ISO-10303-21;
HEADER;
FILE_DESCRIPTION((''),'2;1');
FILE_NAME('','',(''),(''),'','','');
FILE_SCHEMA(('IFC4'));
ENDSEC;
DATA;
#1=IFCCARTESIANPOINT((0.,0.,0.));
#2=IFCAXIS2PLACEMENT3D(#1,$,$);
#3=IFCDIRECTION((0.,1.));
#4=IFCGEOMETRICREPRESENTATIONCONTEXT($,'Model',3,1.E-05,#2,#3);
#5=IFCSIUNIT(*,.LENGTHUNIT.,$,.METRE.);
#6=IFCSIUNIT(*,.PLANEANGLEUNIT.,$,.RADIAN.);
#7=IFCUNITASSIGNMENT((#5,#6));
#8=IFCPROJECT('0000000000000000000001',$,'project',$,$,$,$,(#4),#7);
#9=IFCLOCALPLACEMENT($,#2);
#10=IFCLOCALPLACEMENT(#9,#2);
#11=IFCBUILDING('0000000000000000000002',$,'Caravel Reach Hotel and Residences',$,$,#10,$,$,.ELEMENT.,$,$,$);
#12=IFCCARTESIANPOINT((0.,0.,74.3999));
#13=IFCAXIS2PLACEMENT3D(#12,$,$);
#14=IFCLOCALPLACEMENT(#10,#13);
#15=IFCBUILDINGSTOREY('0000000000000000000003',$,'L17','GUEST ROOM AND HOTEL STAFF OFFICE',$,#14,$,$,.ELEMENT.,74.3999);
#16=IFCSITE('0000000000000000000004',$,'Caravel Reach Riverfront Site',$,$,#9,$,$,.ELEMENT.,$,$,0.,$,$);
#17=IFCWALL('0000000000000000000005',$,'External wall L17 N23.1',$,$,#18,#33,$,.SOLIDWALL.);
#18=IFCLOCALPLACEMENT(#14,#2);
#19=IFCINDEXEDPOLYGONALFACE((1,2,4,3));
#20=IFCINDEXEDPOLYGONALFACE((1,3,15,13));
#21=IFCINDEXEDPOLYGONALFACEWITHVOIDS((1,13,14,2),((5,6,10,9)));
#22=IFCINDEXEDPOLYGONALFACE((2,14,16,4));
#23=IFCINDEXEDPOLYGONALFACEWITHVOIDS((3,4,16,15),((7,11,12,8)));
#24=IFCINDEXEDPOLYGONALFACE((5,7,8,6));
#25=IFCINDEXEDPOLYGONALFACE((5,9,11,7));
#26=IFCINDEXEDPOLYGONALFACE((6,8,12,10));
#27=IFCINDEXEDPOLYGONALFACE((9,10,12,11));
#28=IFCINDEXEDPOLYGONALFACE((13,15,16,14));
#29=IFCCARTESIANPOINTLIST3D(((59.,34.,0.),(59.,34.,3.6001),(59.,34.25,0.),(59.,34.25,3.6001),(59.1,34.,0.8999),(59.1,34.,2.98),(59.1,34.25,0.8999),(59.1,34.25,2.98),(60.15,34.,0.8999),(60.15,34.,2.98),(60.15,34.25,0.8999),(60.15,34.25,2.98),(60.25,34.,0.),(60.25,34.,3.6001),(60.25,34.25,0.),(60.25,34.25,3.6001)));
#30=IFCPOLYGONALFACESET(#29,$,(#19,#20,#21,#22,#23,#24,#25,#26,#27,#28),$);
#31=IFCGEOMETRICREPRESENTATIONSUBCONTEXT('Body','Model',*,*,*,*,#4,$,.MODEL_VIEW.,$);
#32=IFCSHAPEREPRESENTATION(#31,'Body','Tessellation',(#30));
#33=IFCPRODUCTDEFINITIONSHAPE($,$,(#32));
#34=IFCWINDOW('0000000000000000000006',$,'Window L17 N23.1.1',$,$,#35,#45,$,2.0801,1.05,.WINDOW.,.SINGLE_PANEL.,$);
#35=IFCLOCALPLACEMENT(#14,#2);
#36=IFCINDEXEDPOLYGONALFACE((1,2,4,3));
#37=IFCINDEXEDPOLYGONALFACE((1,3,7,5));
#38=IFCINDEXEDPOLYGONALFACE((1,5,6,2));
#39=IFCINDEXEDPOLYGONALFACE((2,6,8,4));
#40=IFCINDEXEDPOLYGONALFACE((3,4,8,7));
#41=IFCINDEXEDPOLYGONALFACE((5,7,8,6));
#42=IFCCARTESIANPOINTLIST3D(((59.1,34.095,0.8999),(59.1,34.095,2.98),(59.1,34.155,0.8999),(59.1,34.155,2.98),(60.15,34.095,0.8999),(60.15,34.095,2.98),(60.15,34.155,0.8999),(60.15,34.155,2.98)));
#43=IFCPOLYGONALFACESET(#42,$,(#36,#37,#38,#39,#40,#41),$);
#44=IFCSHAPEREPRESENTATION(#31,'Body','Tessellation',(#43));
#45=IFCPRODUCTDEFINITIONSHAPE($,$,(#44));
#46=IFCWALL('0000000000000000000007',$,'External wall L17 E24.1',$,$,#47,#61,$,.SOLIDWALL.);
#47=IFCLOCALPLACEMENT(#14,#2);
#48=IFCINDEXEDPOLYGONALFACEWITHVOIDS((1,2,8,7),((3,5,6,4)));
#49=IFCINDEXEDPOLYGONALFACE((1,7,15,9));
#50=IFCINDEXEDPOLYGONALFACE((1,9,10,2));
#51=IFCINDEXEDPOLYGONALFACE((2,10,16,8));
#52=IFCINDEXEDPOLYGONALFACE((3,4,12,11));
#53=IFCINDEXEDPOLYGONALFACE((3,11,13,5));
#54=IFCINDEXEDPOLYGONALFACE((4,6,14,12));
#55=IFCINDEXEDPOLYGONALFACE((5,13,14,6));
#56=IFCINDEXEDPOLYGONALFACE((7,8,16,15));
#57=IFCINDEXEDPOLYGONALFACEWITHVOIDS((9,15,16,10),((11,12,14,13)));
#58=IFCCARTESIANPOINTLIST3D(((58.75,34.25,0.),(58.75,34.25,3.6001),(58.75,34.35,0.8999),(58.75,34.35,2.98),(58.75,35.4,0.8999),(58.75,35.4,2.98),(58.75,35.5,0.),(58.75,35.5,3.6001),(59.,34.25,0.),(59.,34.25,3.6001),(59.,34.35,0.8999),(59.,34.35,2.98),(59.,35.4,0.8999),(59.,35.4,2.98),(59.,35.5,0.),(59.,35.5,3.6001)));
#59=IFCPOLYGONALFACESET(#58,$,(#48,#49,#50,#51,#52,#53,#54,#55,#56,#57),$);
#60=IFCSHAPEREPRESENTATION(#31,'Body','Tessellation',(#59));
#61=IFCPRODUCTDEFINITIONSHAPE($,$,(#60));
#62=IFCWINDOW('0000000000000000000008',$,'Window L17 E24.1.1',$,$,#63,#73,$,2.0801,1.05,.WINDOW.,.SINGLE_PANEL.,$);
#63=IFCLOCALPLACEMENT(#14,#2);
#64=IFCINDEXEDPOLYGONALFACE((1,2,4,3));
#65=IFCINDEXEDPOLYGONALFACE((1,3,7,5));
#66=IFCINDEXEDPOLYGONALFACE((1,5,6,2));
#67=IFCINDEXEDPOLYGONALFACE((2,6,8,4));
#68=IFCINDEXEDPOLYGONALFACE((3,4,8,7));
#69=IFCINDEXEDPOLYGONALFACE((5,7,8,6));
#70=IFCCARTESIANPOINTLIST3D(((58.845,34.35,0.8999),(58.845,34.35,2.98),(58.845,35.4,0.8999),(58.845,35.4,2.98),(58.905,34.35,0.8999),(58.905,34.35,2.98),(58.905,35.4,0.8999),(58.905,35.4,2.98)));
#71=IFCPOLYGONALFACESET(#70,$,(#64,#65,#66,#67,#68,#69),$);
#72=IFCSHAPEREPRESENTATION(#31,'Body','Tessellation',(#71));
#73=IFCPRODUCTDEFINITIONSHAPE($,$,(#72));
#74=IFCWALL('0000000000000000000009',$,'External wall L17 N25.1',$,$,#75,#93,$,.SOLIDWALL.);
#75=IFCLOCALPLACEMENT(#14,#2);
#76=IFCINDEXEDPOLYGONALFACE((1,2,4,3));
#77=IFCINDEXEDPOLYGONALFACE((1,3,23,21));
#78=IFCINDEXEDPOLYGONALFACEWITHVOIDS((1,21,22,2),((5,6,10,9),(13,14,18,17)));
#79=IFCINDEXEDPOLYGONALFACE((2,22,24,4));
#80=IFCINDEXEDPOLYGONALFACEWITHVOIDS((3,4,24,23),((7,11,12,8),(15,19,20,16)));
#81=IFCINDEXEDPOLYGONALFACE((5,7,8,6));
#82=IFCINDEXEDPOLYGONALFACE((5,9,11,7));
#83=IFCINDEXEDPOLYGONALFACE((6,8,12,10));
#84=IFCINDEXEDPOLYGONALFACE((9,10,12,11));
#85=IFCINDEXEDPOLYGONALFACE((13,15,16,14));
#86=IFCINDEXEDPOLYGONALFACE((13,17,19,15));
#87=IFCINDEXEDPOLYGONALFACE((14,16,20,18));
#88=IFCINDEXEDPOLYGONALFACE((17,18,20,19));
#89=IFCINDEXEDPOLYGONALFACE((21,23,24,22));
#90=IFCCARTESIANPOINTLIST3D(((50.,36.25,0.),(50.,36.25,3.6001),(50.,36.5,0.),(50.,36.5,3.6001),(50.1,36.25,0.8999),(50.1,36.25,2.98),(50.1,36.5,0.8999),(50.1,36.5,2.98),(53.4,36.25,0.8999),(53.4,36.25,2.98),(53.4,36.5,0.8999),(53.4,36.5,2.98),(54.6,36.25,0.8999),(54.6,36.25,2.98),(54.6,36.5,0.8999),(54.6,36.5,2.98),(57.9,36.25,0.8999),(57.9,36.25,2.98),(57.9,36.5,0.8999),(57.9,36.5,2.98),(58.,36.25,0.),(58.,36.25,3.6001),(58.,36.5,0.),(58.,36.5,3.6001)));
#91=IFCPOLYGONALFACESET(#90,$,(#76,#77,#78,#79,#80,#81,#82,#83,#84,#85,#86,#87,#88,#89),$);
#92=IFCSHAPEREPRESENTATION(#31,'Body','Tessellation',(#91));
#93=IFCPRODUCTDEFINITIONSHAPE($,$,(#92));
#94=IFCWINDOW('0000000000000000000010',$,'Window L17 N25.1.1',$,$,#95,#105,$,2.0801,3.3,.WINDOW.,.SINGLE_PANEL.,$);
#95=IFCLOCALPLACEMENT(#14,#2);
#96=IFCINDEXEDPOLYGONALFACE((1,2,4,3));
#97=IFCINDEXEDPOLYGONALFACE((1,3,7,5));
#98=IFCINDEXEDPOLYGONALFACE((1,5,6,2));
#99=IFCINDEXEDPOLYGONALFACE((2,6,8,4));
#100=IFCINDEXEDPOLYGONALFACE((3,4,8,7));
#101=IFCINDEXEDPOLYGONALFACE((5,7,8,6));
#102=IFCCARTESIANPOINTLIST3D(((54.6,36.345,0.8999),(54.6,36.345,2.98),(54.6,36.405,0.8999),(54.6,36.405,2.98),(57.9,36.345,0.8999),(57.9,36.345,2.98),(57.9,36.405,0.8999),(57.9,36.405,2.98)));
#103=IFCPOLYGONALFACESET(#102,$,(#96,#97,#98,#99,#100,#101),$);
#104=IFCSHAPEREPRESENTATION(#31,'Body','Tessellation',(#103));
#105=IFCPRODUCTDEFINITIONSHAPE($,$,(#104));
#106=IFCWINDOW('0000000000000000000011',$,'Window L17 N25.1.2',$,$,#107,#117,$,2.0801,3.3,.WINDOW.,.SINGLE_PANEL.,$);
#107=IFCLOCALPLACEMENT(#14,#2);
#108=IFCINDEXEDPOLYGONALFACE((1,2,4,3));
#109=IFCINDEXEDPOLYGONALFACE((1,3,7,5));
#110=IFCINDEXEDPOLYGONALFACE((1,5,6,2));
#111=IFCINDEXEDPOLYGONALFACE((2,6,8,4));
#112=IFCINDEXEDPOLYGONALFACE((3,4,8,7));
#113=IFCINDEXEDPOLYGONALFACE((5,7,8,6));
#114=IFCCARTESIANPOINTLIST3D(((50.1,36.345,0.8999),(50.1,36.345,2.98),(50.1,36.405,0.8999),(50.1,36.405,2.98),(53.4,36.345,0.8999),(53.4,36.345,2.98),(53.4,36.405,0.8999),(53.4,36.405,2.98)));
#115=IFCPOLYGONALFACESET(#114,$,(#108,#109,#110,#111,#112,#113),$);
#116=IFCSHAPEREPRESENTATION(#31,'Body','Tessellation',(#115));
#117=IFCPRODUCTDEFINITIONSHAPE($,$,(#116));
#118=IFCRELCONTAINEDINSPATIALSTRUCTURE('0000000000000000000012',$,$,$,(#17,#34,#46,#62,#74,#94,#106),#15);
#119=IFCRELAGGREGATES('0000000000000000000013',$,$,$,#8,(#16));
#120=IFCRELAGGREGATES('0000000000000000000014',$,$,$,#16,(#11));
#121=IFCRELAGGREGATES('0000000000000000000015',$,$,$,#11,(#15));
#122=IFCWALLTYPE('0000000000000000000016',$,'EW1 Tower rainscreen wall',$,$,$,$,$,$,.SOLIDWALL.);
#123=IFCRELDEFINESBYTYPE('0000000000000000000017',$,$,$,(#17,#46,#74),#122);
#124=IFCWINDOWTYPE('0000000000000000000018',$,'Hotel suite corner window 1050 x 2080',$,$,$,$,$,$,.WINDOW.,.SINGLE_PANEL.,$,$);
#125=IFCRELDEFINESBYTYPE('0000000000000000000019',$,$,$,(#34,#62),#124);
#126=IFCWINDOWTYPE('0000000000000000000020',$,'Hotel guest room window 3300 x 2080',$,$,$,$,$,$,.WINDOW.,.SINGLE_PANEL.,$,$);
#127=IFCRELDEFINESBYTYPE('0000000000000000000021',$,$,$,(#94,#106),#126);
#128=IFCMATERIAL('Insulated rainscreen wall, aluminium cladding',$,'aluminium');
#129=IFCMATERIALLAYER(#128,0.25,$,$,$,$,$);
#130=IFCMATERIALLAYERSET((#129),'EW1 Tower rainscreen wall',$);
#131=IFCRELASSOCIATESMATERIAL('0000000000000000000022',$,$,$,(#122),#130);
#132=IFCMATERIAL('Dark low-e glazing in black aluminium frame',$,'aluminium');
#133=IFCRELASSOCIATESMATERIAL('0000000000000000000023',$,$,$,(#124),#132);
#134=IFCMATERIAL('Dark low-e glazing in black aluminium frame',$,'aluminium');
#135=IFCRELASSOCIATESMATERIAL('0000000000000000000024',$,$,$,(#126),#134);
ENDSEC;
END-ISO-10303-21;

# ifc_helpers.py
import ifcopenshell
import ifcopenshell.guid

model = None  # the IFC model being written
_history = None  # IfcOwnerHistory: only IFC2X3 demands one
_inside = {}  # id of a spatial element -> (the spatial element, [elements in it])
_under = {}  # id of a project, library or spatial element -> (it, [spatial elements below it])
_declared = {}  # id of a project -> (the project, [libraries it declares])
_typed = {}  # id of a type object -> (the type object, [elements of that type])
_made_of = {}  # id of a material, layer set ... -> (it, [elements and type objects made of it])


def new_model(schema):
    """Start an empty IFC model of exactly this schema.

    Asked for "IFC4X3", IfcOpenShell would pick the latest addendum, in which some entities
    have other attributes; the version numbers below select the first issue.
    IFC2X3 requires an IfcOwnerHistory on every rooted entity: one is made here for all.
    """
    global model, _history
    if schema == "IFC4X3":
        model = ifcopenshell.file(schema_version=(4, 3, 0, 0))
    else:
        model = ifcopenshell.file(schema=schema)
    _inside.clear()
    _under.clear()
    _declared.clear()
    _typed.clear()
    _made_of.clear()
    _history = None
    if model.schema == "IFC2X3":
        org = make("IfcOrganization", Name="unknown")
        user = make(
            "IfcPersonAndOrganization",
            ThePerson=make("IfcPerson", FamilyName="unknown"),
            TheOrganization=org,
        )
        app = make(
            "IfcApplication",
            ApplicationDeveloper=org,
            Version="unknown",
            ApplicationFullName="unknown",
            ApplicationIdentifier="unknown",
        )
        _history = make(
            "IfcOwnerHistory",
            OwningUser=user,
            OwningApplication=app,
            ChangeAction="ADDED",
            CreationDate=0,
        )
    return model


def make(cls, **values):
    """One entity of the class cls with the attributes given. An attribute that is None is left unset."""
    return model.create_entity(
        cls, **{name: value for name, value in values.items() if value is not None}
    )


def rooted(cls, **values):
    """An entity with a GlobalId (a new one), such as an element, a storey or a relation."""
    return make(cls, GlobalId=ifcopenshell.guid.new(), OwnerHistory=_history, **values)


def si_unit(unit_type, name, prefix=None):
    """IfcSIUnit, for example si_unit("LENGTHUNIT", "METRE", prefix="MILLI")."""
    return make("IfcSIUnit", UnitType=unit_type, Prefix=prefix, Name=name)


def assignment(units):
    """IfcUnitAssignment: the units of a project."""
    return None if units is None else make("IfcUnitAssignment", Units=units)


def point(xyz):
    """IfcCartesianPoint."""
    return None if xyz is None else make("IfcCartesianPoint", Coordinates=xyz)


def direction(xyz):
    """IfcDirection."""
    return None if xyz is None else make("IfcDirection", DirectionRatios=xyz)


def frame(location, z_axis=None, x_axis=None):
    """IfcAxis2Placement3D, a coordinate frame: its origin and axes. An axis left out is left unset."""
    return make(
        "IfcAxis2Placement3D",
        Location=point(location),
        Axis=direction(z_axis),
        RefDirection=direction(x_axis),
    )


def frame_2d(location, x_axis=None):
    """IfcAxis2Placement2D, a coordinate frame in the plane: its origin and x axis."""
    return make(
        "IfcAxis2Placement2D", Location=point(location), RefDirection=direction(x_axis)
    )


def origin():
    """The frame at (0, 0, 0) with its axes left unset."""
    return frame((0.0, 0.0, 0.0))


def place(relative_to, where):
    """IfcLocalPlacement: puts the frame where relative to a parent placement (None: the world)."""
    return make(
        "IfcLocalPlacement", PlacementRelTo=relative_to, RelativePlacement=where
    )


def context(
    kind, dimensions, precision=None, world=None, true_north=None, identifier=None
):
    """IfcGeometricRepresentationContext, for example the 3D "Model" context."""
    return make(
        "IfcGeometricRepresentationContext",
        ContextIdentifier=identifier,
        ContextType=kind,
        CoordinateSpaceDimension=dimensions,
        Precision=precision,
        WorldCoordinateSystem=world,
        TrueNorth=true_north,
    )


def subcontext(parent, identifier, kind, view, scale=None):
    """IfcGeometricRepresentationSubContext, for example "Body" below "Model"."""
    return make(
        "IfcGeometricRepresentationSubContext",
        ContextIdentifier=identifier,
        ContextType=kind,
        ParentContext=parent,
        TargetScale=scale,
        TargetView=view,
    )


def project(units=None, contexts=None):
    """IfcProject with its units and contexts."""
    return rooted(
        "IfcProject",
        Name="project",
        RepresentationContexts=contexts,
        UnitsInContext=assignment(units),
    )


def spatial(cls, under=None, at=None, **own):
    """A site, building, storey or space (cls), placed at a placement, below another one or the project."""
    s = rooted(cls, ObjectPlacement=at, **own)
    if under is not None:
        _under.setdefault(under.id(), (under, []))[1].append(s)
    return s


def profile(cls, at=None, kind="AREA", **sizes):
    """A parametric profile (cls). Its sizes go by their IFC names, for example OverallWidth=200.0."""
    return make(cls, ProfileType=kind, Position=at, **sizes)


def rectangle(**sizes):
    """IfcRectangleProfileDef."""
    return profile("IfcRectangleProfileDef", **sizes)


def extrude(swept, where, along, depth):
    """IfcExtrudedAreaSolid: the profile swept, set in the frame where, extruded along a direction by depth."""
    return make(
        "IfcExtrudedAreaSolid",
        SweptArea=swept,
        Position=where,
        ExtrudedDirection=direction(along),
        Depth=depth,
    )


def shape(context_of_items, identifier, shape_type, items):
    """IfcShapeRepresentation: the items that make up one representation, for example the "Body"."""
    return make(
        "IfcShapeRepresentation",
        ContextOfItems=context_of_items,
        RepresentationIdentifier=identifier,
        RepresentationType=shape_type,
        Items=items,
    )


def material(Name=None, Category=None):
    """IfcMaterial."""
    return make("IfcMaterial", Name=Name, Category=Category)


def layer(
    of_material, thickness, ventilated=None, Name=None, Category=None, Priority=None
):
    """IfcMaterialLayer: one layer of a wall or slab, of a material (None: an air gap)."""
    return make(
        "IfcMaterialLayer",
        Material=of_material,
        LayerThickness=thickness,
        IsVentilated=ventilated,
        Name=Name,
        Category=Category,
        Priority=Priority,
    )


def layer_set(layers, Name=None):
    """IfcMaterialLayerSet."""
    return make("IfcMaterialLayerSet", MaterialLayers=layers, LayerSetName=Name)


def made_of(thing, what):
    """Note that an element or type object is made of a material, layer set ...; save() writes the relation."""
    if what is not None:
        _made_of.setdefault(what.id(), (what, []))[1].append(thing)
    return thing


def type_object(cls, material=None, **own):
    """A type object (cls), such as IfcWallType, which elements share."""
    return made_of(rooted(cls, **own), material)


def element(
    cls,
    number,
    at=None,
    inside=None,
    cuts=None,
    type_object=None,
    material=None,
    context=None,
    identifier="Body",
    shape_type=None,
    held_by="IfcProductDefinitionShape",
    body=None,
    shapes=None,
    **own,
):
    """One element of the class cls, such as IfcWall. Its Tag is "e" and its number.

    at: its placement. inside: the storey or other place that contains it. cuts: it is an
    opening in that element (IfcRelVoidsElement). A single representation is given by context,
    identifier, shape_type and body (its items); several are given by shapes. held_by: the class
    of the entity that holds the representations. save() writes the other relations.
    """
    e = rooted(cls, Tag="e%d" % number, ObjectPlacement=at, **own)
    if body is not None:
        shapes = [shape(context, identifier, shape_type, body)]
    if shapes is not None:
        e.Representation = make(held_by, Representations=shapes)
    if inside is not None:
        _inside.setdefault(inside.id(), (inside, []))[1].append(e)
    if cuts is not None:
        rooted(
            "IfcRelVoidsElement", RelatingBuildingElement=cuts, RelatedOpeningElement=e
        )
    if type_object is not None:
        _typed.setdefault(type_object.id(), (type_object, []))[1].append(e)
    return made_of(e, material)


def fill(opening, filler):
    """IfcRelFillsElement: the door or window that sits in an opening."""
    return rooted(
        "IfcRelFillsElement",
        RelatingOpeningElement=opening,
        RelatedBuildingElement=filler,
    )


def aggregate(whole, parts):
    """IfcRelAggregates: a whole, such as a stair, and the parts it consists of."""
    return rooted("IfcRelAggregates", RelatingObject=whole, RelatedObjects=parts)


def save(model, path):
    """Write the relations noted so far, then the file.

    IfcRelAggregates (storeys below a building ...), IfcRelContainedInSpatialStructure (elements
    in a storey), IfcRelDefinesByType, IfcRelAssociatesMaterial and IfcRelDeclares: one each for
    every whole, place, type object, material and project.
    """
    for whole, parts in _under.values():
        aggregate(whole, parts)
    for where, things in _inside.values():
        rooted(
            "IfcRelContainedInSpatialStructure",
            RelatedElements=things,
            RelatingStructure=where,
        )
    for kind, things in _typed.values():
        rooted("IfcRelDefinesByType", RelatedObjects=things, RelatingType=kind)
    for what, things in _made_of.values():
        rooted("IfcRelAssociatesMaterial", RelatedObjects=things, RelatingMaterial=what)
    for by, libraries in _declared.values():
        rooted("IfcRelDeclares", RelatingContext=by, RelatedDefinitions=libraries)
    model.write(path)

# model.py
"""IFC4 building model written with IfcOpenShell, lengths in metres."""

from ifc_helpers import new_model, si_unit, direction, frame, frame_2d, origin, place, context, subcontext, project, spatial, rectangle, extrude, material, layer, layer_set, type_object, element, fill, save


model = new_model("IFC4")

# Units and contexts
model_context = context("Model", 3, precision=1e-05, world=origin(), true_north=direction((0.0, 1.0)))
body_context = subcontext(model_context, "Body", "Model", "MODEL_VIEW")
ifc_project = project(units=[si_unit("LENGTHUNIT", "METRE"), si_unit("PLANEANGLEUNIT", "RADIAN")], contexts=[model_context])

# Site, building, storey
site_placement = place(None, origin())
site = spatial("IfcSite", under=ifc_project, at=site_placement, Name="Caravel Reach Riverfront Site", CompositionType="ELEMENT", RefElevation=0.0)
building_placement = place(site_placement, origin())
building = spatial("IfcBuilding", under=site, at=building_placement, Name="Caravel Reach Hotel and Residences", CompositionType="ELEMENT")
storey_placement = place(building_placement, frame((0.0, 0.0, 74.3999)))
storey = spatial("IfcBuildingStorey", under=building, at=storey_placement, Name="L17", Description="GUEST ROOM AND HOTEL STAFF OFFICE", CompositionType="ELEMENT", Elevation=74.3999)

# Walls, openings, windows
ifc_material_1 = material(Name="Insulated rainscreen wall, aluminium cladding", Category="aluminium")
ifc_layer = layer(ifc_material_1, 0.25)
ifc_layer_set = layer_set([ifc_layer], Name="EW1 Tower rainscreen wall")
wall_type = type_object("IfcWallType", Name="EW1 Tower rainscreen wall", PredefinedType="SOLIDWALL", material=ifc_layer_set)
wall_1_placement = place(storey_placement, frame((60.25, 34.125, 0.0), z_axis=(0.0, 0.0, 1.0), x_axis=(-1.0, 0.0, 0.0)))
wall_1 = element("IfcWall", 1, at=wall_1_placement, inside=storey, type_object=wall_type, Name="External wall L17 N23.1", PredefinedType="SOLIDWALL", context=body_context, shape_type="SweptSolid", body=[
    extrude(rectangle(XDim=1.25, YDim=0.25, at=frame_2d((0.625, 0.0))), origin(), (0.0, 0.0, 1.0), 3.6001),
])
opening_1_placement = place(wall_1_placement, frame((0.1001, 0.0, 0.8999)))
opening_1 = element("IfcOpeningElement", 2, at=opening_1_placement, cuts=wall_1, PredefinedType="OPENING", context=body_context, shape_type="SweptSolid", body=[
    extrude(rectangle(XDim=1.05, YDim=2.0801, at=frame_2d((0.5249, 1.04))), frame((0.0, 0.135, 0.0), z_axis=(0.0, -1.0, 0.0), x_axis=(1.0, 0.0, 0.0)), (0.0, 0.0, 1.0), 0.27),
])
ifc_material_2 = material(Name="Dark low-e glazing in black aluminium frame", Category="aluminium")
window_type_1 = type_object("IfcWindowType", Name="Hotel suite corner window 1050 x 2080", PartitioningType="SINGLE_PANEL", PredefinedType="WINDOW", material=ifc_material_2)
window_1_placement = place(opening_1_placement, origin())
window_1 = element("IfcWindow", 3, at=window_1_placement, inside=storey, type_object=window_type_1, Name="Window L17 N23.1.1", OverallHeight=2.0801, OverallWidth=1.05, PartitioningType="SINGLE_PANEL", PredefinedType="WINDOW", context=body_context, shape_type="SweptSolid", body=[
    extrude(rectangle(XDim=1.05, YDim=2.0801, at=frame_2d((0.5249, 1.04))), frame((0.0, 0.03, 0.0), z_axis=(0.0, -1.0, 0.0), x_axis=(1.0, 0.0, 0.0)), (0.0, 0.0, 1.0), 0.0601),
])
fill(opening_1, window_1)
wall_2_placement = place(storey_placement, frame((58.875, 34.25, 0.0), z_axis=(0.0, 0.0, 1.0), x_axis=(0.0, 1.0, 0.0)))
wall_2 = element("IfcWall", 4, at=wall_2_placement, inside=storey, type_object=wall_type, Name="External wall L17 E24.1", PredefinedType="SOLIDWALL", context=body_context, shape_type="SweptSolid", body=[
    extrude(rectangle(XDim=1.25, YDim=0.25, at=frame_2d((0.625, 0.0))), origin(), (0.0, 0.0, 1.0), 3.6001),
])
opening_2_placement = place(wall_2_placement, frame((0.1001, 0.0, 0.8999)))
opening_2 = element("IfcOpeningElement", 5, at=opening_2_placement, cuts=wall_2, PredefinedType="OPENING", context=body_context, shape_type="SweptSolid", body=[
    extrude(rectangle(XDim=1.05, YDim=2.0801, at=frame_2d((0.5249, 1.04))), frame((0.0, 0.135, 0.0), z_axis=(0.0, -1.0, 0.0), x_axis=(1.0, 0.0, 0.0)), (0.0, 0.0, 1.0), 0.27),
])
window_2_placement = place(opening_2_placement, origin())
window_2 = element("IfcWindow", 6, at=window_2_placement, inside=storey, type_object=window_type_1, Name="Window L17 E24.1.1", OverallHeight=2.0801, OverallWidth=1.05, PartitioningType="SINGLE_PANEL", PredefinedType="WINDOW", context=body_context, shape_type="SweptSolid", body=[
    extrude(rectangle(XDim=1.05, YDim=2.0801, at=frame_2d((0.5249, 1.04))), frame((0.0, 0.03, 0.0), z_axis=(0.0, -1.0, 0.0), x_axis=(1.0, 0.0, 0.0)), (0.0, 0.0, 1.0), 0.0601),
])
fill(opening_2, window_2)

# Wall, openings, windows
wall_3_placement = place(storey_placement, frame((58.0, 36.375, 0.0), z_axis=(0.0, 0.0, 1.0), x_axis=(-1.0, 0.0, 0.0)))
wall_3 = element("IfcWall", 7, at=wall_3_placement, inside=storey, type_object=wall_type, Name="External wall L17 N25.1", PredefinedType="SOLIDWALL", context=body_context, shape_type="SweptSolid", body=[
    extrude(rectangle(XDim=8.0, YDim=0.25, at=frame_2d((4.0, 0.0))), origin(), (0.0, 0.0, 1.0), 3.6001),
])
opening_3_placement = place(wall_3_placement, frame((0.1001, 0.0, 0.8999)))
opening_3 = element("IfcOpeningElement", 8, at=opening_3_placement, cuts=wall_3, PredefinedType="OPENING", context=body_context, shape_type="SweptSolid", body=[
    extrude(rectangle(XDim=3.3, YDim=2.0801, at=frame_2d((1.6499, 1.04))), frame((0.0, 0.135, 0.0), z_axis=(0.0, -1.0, 0.0), x_axis=(1.0, 0.0, 0.0)), (0.0, 0.0, 1.0), 0.27),
])
opening_4_placement = place(wall_3_placement, frame((4.6001, 0.0, 0.8999)))
opening_4 = element("IfcOpeningElement", 9, at=opening_4_placement, cuts=wall_3, PredefinedType="OPENING", context=body_context, shape_type="SweptSolid", body=[
    extrude(rectangle(XDim=3.3, YDim=2.0801, at=frame_2d((1.6499, 1.04))), frame((0.0, 0.135, 0.0), z_axis=(0.0, -1.0, 0.0), x_axis=(1.0, 0.0, 0.0)), (0.0, 0.0, 1.0), 0.27),
])
ifc_material_3 = material(Name="Dark low-e glazing in black aluminium frame", Category="aluminium")
window_type_2 = type_object("IfcWindowType", Name="Hotel guest room window 3300 x 2080", PartitioningType="SINGLE_PANEL", PredefinedType="WINDOW", material=ifc_material_3)
window_3_placement = place(opening_3_placement, origin())
window_3 = element("IfcWindow", 10, at=window_3_placement, inside=storey, type_object=window_type_2, Name="Window L17 N25.1.1", OverallHeight=2.0801, OverallWidth=3.3, PartitioningType="SINGLE_PANEL", PredefinedType="WINDOW", context=body_context, shape_type="SweptSolid", body=[
    extrude(rectangle(XDim=3.3, YDim=2.0801, at=frame_2d((1.6499, 1.04))), frame((0.0, 0.03, 0.0), z_axis=(0.0, -1.0, 0.0), x_axis=(1.0, 0.0, 0.0)), (0.0, 0.0, 1.0), 0.0601),
])
fill(opening_3, window_3)
window_4_placement = place(opening_4_placement, origin())
window_4 = element("IfcWindow", 11, at=window_4_placement, inside=storey, type_object=window_type_2, Name="Window L17 N25.1.2", OverallHeight=2.0801, OverallWidth=3.3, PartitioningType="SINGLE_PANEL", PredefinedType="WINDOW", context=body_context, shape_type="SweptSolid", body=[
    extrude(rectangle(XDim=3.3, YDim=2.0801, at=frame_2d((1.6499, 1.04))), frame((0.0, 0.03, 0.0), z_axis=(0.0, -1.0, 0.0), x_axis=(1.0, 0.0, 0.0)), (0.0, 0.0, 1.0), 0.0601),
])
fill(opening_4, window_4)

save(model, "model.ifc")
